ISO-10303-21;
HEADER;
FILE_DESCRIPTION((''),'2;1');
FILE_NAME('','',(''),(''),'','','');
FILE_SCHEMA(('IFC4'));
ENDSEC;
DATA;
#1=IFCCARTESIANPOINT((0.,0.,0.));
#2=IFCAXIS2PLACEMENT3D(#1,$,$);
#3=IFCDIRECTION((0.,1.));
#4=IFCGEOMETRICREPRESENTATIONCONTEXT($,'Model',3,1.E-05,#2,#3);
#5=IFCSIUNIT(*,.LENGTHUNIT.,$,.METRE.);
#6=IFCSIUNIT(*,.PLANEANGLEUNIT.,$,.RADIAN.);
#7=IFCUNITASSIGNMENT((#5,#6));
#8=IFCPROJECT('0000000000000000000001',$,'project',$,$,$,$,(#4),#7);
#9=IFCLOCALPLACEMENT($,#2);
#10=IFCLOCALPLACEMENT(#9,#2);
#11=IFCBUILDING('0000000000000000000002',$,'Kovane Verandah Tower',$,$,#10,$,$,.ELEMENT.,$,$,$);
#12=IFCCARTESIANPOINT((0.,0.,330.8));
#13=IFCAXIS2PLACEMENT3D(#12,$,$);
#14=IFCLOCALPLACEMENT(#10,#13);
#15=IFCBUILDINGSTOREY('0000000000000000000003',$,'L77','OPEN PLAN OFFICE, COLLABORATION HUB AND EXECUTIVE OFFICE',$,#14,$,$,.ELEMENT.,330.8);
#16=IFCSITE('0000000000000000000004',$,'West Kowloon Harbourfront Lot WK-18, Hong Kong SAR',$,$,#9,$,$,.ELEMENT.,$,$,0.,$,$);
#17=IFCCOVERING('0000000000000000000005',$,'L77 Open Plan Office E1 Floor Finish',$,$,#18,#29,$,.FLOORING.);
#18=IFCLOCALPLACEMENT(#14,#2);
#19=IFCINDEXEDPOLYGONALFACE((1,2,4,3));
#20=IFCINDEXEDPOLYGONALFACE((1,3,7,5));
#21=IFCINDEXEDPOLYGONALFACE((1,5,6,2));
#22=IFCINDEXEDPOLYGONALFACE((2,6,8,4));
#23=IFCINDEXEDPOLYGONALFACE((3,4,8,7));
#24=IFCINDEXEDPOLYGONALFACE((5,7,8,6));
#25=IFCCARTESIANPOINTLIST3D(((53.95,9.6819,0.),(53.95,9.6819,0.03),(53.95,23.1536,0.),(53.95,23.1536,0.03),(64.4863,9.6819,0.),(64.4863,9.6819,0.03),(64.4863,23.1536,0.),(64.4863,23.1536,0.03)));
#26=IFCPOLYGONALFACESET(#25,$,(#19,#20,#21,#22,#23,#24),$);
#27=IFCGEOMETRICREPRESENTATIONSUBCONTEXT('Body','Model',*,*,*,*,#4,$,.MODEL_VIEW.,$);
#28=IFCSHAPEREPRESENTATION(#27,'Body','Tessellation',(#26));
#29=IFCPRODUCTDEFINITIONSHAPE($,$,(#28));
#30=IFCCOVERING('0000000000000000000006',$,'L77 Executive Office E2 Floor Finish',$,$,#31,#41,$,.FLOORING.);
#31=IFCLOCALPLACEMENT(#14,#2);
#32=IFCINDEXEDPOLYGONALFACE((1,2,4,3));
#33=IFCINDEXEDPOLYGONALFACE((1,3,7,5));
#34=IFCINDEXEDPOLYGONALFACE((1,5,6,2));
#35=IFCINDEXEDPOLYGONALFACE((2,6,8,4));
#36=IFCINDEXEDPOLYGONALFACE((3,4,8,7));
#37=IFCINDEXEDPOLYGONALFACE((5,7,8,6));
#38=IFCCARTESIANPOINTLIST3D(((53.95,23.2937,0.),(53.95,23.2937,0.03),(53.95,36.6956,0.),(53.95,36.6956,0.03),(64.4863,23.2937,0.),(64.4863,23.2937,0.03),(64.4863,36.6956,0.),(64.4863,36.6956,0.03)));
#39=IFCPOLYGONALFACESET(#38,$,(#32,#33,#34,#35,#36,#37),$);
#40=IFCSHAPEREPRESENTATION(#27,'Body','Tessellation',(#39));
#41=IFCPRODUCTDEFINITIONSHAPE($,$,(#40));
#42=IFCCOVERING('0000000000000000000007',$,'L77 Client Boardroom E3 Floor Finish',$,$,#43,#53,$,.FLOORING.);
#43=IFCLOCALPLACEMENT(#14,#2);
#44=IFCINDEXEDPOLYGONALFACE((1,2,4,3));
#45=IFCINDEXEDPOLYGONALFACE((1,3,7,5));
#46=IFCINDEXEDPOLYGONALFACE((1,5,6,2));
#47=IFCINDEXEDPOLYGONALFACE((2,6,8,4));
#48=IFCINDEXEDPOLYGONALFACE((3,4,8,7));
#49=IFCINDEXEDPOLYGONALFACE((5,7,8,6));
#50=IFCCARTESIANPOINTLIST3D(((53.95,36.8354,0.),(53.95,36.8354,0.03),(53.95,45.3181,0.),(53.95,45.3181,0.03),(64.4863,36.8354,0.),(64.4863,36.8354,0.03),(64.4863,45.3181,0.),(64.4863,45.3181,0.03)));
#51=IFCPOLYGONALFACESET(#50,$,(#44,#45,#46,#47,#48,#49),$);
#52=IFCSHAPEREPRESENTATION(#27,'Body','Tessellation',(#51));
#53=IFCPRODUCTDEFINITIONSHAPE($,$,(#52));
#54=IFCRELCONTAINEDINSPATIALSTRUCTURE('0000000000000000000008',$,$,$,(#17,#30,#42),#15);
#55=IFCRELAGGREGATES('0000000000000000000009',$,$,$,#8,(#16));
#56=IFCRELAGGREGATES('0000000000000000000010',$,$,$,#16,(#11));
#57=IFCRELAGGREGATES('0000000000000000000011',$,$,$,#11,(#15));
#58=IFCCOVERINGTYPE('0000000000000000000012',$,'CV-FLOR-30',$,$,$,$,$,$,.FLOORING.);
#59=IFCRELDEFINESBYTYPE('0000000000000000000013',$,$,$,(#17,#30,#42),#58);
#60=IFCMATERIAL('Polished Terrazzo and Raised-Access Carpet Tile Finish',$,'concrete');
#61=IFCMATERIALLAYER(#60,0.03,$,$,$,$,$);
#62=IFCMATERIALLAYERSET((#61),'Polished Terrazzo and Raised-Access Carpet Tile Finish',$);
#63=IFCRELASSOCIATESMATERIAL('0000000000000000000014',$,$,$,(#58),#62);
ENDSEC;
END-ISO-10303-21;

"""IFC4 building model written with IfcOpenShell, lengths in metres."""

from ifc_helpers import new_model, si_unit, direction, frame, origin, place, context, subcontext, project, spatial, polyline, outline, extrude, material, layer, layer_set, type_object, element, save


model = new_model("IFC4")

# Units and contexts
model_context = context("Model", 3, precision=1e-05, world=origin(), true_north=direction((0.0, 1.0)))
body_context = subcontext(model_context, "Body", "Model", "MODEL_VIEW")
ifc_project = project(units=[si_unit("LENGTHUNIT", "METRE"), si_unit("PLANEANGLEUNIT", "RADIAN")], contexts=[model_context])

# Site, building, storey
site_placement = place(None, origin())
site = spatial("IfcSite", under=ifc_project, at=site_placement, Name="West Kowloon Harbourfront Lot WK-18, Hong Kong SAR", CompositionType="ELEMENT", RefElevation=0.0)
building_placement = place(site_placement, origin())
building = spatial("IfcBuilding", under=site, at=building_placement, Name="Kovane Verandah Tower", CompositionType="ELEMENT")
storey_placement = place(building_placement, frame((0.0, 0.0, 330.8)))
storey = spatial("IfcBuildingStorey", under=building, at=storey_placement, Name="L77", Description="OPEN PLAN OFFICE, COLLABORATION HUB AND EXECUTIVE OFFICE", CompositionType="ELEMENT", Elevation=330.8)

# Coverings
ifc_material_1 = material(Name="Polished Terrazzo and Raised-Access Carpet Tile Finish", Category="concrete")
ifc_layer_1 = layer(ifc_material_1, 0.03)
ifc_layer_set_1 = layer_set([ifc_layer_1], Name="Polished Terrazzo and Raised-Access Carpet Tile Finish")
covering_type_1 = type_object("IfcCoveringType", Name="CV-FLOR-30", PredefinedType="FLOORING", material=ifc_layer_set_1)
covering_1_placement = place(storey_placement, origin())
element("IfcCovering", 1, at=covering_1_placement, inside=storey, type_object=covering_type_1, Name="L77 Open Plan Office E1 Floor Finish", PredefinedType="FLOORING", context=body_context, shape_type="SweptSolid", body=[
    extrude(outline(polyline([(53.95, 9.6819), (64.4863, 9.6819), (64.4863, 23.1536), (53.95, 23.1536), (53.95, 9.6819)])), origin(), (0.0, 0.0, 1.0), 0.03),
])
covering_2_placement = place(storey_placement, origin())
element("IfcCovering", 2, at=covering_2_placement, inside=storey, type_object=covering_type_1, Name="L77 Executive Office E2 Floor Finish", PredefinedType="FLOORING", context=body_context, shape_type="SweptSolid", body=[
    extrude(outline(polyline([(53.95, 23.2937), (64.4863, 23.2937), (64.4863, 36.6956), (53.95, 36.6956), (53.95, 23.2937)])), origin(), (0.0, 0.0, 1.0), 0.03),
])
covering_3_placement = place(storey_placement, origin())
element("IfcCovering", 3, at=covering_3_placement, inside=storey, type_object=covering_type_1, Name="L77 Client Boardroom E3 Floor Finish", PredefinedType="FLOORING", context=body_context, shape_type="SweptSolid", body=[
    extrude(outline(polyline([(53.95, 36.8354), (64.4863, 36.8354), (64.4863, 45.3181), (53.95, 45.3181), (53.95, 36.8354)])), origin(), (0.0, 0.0, 1.0), 0.03),
])

save(model, "model.ifc")
